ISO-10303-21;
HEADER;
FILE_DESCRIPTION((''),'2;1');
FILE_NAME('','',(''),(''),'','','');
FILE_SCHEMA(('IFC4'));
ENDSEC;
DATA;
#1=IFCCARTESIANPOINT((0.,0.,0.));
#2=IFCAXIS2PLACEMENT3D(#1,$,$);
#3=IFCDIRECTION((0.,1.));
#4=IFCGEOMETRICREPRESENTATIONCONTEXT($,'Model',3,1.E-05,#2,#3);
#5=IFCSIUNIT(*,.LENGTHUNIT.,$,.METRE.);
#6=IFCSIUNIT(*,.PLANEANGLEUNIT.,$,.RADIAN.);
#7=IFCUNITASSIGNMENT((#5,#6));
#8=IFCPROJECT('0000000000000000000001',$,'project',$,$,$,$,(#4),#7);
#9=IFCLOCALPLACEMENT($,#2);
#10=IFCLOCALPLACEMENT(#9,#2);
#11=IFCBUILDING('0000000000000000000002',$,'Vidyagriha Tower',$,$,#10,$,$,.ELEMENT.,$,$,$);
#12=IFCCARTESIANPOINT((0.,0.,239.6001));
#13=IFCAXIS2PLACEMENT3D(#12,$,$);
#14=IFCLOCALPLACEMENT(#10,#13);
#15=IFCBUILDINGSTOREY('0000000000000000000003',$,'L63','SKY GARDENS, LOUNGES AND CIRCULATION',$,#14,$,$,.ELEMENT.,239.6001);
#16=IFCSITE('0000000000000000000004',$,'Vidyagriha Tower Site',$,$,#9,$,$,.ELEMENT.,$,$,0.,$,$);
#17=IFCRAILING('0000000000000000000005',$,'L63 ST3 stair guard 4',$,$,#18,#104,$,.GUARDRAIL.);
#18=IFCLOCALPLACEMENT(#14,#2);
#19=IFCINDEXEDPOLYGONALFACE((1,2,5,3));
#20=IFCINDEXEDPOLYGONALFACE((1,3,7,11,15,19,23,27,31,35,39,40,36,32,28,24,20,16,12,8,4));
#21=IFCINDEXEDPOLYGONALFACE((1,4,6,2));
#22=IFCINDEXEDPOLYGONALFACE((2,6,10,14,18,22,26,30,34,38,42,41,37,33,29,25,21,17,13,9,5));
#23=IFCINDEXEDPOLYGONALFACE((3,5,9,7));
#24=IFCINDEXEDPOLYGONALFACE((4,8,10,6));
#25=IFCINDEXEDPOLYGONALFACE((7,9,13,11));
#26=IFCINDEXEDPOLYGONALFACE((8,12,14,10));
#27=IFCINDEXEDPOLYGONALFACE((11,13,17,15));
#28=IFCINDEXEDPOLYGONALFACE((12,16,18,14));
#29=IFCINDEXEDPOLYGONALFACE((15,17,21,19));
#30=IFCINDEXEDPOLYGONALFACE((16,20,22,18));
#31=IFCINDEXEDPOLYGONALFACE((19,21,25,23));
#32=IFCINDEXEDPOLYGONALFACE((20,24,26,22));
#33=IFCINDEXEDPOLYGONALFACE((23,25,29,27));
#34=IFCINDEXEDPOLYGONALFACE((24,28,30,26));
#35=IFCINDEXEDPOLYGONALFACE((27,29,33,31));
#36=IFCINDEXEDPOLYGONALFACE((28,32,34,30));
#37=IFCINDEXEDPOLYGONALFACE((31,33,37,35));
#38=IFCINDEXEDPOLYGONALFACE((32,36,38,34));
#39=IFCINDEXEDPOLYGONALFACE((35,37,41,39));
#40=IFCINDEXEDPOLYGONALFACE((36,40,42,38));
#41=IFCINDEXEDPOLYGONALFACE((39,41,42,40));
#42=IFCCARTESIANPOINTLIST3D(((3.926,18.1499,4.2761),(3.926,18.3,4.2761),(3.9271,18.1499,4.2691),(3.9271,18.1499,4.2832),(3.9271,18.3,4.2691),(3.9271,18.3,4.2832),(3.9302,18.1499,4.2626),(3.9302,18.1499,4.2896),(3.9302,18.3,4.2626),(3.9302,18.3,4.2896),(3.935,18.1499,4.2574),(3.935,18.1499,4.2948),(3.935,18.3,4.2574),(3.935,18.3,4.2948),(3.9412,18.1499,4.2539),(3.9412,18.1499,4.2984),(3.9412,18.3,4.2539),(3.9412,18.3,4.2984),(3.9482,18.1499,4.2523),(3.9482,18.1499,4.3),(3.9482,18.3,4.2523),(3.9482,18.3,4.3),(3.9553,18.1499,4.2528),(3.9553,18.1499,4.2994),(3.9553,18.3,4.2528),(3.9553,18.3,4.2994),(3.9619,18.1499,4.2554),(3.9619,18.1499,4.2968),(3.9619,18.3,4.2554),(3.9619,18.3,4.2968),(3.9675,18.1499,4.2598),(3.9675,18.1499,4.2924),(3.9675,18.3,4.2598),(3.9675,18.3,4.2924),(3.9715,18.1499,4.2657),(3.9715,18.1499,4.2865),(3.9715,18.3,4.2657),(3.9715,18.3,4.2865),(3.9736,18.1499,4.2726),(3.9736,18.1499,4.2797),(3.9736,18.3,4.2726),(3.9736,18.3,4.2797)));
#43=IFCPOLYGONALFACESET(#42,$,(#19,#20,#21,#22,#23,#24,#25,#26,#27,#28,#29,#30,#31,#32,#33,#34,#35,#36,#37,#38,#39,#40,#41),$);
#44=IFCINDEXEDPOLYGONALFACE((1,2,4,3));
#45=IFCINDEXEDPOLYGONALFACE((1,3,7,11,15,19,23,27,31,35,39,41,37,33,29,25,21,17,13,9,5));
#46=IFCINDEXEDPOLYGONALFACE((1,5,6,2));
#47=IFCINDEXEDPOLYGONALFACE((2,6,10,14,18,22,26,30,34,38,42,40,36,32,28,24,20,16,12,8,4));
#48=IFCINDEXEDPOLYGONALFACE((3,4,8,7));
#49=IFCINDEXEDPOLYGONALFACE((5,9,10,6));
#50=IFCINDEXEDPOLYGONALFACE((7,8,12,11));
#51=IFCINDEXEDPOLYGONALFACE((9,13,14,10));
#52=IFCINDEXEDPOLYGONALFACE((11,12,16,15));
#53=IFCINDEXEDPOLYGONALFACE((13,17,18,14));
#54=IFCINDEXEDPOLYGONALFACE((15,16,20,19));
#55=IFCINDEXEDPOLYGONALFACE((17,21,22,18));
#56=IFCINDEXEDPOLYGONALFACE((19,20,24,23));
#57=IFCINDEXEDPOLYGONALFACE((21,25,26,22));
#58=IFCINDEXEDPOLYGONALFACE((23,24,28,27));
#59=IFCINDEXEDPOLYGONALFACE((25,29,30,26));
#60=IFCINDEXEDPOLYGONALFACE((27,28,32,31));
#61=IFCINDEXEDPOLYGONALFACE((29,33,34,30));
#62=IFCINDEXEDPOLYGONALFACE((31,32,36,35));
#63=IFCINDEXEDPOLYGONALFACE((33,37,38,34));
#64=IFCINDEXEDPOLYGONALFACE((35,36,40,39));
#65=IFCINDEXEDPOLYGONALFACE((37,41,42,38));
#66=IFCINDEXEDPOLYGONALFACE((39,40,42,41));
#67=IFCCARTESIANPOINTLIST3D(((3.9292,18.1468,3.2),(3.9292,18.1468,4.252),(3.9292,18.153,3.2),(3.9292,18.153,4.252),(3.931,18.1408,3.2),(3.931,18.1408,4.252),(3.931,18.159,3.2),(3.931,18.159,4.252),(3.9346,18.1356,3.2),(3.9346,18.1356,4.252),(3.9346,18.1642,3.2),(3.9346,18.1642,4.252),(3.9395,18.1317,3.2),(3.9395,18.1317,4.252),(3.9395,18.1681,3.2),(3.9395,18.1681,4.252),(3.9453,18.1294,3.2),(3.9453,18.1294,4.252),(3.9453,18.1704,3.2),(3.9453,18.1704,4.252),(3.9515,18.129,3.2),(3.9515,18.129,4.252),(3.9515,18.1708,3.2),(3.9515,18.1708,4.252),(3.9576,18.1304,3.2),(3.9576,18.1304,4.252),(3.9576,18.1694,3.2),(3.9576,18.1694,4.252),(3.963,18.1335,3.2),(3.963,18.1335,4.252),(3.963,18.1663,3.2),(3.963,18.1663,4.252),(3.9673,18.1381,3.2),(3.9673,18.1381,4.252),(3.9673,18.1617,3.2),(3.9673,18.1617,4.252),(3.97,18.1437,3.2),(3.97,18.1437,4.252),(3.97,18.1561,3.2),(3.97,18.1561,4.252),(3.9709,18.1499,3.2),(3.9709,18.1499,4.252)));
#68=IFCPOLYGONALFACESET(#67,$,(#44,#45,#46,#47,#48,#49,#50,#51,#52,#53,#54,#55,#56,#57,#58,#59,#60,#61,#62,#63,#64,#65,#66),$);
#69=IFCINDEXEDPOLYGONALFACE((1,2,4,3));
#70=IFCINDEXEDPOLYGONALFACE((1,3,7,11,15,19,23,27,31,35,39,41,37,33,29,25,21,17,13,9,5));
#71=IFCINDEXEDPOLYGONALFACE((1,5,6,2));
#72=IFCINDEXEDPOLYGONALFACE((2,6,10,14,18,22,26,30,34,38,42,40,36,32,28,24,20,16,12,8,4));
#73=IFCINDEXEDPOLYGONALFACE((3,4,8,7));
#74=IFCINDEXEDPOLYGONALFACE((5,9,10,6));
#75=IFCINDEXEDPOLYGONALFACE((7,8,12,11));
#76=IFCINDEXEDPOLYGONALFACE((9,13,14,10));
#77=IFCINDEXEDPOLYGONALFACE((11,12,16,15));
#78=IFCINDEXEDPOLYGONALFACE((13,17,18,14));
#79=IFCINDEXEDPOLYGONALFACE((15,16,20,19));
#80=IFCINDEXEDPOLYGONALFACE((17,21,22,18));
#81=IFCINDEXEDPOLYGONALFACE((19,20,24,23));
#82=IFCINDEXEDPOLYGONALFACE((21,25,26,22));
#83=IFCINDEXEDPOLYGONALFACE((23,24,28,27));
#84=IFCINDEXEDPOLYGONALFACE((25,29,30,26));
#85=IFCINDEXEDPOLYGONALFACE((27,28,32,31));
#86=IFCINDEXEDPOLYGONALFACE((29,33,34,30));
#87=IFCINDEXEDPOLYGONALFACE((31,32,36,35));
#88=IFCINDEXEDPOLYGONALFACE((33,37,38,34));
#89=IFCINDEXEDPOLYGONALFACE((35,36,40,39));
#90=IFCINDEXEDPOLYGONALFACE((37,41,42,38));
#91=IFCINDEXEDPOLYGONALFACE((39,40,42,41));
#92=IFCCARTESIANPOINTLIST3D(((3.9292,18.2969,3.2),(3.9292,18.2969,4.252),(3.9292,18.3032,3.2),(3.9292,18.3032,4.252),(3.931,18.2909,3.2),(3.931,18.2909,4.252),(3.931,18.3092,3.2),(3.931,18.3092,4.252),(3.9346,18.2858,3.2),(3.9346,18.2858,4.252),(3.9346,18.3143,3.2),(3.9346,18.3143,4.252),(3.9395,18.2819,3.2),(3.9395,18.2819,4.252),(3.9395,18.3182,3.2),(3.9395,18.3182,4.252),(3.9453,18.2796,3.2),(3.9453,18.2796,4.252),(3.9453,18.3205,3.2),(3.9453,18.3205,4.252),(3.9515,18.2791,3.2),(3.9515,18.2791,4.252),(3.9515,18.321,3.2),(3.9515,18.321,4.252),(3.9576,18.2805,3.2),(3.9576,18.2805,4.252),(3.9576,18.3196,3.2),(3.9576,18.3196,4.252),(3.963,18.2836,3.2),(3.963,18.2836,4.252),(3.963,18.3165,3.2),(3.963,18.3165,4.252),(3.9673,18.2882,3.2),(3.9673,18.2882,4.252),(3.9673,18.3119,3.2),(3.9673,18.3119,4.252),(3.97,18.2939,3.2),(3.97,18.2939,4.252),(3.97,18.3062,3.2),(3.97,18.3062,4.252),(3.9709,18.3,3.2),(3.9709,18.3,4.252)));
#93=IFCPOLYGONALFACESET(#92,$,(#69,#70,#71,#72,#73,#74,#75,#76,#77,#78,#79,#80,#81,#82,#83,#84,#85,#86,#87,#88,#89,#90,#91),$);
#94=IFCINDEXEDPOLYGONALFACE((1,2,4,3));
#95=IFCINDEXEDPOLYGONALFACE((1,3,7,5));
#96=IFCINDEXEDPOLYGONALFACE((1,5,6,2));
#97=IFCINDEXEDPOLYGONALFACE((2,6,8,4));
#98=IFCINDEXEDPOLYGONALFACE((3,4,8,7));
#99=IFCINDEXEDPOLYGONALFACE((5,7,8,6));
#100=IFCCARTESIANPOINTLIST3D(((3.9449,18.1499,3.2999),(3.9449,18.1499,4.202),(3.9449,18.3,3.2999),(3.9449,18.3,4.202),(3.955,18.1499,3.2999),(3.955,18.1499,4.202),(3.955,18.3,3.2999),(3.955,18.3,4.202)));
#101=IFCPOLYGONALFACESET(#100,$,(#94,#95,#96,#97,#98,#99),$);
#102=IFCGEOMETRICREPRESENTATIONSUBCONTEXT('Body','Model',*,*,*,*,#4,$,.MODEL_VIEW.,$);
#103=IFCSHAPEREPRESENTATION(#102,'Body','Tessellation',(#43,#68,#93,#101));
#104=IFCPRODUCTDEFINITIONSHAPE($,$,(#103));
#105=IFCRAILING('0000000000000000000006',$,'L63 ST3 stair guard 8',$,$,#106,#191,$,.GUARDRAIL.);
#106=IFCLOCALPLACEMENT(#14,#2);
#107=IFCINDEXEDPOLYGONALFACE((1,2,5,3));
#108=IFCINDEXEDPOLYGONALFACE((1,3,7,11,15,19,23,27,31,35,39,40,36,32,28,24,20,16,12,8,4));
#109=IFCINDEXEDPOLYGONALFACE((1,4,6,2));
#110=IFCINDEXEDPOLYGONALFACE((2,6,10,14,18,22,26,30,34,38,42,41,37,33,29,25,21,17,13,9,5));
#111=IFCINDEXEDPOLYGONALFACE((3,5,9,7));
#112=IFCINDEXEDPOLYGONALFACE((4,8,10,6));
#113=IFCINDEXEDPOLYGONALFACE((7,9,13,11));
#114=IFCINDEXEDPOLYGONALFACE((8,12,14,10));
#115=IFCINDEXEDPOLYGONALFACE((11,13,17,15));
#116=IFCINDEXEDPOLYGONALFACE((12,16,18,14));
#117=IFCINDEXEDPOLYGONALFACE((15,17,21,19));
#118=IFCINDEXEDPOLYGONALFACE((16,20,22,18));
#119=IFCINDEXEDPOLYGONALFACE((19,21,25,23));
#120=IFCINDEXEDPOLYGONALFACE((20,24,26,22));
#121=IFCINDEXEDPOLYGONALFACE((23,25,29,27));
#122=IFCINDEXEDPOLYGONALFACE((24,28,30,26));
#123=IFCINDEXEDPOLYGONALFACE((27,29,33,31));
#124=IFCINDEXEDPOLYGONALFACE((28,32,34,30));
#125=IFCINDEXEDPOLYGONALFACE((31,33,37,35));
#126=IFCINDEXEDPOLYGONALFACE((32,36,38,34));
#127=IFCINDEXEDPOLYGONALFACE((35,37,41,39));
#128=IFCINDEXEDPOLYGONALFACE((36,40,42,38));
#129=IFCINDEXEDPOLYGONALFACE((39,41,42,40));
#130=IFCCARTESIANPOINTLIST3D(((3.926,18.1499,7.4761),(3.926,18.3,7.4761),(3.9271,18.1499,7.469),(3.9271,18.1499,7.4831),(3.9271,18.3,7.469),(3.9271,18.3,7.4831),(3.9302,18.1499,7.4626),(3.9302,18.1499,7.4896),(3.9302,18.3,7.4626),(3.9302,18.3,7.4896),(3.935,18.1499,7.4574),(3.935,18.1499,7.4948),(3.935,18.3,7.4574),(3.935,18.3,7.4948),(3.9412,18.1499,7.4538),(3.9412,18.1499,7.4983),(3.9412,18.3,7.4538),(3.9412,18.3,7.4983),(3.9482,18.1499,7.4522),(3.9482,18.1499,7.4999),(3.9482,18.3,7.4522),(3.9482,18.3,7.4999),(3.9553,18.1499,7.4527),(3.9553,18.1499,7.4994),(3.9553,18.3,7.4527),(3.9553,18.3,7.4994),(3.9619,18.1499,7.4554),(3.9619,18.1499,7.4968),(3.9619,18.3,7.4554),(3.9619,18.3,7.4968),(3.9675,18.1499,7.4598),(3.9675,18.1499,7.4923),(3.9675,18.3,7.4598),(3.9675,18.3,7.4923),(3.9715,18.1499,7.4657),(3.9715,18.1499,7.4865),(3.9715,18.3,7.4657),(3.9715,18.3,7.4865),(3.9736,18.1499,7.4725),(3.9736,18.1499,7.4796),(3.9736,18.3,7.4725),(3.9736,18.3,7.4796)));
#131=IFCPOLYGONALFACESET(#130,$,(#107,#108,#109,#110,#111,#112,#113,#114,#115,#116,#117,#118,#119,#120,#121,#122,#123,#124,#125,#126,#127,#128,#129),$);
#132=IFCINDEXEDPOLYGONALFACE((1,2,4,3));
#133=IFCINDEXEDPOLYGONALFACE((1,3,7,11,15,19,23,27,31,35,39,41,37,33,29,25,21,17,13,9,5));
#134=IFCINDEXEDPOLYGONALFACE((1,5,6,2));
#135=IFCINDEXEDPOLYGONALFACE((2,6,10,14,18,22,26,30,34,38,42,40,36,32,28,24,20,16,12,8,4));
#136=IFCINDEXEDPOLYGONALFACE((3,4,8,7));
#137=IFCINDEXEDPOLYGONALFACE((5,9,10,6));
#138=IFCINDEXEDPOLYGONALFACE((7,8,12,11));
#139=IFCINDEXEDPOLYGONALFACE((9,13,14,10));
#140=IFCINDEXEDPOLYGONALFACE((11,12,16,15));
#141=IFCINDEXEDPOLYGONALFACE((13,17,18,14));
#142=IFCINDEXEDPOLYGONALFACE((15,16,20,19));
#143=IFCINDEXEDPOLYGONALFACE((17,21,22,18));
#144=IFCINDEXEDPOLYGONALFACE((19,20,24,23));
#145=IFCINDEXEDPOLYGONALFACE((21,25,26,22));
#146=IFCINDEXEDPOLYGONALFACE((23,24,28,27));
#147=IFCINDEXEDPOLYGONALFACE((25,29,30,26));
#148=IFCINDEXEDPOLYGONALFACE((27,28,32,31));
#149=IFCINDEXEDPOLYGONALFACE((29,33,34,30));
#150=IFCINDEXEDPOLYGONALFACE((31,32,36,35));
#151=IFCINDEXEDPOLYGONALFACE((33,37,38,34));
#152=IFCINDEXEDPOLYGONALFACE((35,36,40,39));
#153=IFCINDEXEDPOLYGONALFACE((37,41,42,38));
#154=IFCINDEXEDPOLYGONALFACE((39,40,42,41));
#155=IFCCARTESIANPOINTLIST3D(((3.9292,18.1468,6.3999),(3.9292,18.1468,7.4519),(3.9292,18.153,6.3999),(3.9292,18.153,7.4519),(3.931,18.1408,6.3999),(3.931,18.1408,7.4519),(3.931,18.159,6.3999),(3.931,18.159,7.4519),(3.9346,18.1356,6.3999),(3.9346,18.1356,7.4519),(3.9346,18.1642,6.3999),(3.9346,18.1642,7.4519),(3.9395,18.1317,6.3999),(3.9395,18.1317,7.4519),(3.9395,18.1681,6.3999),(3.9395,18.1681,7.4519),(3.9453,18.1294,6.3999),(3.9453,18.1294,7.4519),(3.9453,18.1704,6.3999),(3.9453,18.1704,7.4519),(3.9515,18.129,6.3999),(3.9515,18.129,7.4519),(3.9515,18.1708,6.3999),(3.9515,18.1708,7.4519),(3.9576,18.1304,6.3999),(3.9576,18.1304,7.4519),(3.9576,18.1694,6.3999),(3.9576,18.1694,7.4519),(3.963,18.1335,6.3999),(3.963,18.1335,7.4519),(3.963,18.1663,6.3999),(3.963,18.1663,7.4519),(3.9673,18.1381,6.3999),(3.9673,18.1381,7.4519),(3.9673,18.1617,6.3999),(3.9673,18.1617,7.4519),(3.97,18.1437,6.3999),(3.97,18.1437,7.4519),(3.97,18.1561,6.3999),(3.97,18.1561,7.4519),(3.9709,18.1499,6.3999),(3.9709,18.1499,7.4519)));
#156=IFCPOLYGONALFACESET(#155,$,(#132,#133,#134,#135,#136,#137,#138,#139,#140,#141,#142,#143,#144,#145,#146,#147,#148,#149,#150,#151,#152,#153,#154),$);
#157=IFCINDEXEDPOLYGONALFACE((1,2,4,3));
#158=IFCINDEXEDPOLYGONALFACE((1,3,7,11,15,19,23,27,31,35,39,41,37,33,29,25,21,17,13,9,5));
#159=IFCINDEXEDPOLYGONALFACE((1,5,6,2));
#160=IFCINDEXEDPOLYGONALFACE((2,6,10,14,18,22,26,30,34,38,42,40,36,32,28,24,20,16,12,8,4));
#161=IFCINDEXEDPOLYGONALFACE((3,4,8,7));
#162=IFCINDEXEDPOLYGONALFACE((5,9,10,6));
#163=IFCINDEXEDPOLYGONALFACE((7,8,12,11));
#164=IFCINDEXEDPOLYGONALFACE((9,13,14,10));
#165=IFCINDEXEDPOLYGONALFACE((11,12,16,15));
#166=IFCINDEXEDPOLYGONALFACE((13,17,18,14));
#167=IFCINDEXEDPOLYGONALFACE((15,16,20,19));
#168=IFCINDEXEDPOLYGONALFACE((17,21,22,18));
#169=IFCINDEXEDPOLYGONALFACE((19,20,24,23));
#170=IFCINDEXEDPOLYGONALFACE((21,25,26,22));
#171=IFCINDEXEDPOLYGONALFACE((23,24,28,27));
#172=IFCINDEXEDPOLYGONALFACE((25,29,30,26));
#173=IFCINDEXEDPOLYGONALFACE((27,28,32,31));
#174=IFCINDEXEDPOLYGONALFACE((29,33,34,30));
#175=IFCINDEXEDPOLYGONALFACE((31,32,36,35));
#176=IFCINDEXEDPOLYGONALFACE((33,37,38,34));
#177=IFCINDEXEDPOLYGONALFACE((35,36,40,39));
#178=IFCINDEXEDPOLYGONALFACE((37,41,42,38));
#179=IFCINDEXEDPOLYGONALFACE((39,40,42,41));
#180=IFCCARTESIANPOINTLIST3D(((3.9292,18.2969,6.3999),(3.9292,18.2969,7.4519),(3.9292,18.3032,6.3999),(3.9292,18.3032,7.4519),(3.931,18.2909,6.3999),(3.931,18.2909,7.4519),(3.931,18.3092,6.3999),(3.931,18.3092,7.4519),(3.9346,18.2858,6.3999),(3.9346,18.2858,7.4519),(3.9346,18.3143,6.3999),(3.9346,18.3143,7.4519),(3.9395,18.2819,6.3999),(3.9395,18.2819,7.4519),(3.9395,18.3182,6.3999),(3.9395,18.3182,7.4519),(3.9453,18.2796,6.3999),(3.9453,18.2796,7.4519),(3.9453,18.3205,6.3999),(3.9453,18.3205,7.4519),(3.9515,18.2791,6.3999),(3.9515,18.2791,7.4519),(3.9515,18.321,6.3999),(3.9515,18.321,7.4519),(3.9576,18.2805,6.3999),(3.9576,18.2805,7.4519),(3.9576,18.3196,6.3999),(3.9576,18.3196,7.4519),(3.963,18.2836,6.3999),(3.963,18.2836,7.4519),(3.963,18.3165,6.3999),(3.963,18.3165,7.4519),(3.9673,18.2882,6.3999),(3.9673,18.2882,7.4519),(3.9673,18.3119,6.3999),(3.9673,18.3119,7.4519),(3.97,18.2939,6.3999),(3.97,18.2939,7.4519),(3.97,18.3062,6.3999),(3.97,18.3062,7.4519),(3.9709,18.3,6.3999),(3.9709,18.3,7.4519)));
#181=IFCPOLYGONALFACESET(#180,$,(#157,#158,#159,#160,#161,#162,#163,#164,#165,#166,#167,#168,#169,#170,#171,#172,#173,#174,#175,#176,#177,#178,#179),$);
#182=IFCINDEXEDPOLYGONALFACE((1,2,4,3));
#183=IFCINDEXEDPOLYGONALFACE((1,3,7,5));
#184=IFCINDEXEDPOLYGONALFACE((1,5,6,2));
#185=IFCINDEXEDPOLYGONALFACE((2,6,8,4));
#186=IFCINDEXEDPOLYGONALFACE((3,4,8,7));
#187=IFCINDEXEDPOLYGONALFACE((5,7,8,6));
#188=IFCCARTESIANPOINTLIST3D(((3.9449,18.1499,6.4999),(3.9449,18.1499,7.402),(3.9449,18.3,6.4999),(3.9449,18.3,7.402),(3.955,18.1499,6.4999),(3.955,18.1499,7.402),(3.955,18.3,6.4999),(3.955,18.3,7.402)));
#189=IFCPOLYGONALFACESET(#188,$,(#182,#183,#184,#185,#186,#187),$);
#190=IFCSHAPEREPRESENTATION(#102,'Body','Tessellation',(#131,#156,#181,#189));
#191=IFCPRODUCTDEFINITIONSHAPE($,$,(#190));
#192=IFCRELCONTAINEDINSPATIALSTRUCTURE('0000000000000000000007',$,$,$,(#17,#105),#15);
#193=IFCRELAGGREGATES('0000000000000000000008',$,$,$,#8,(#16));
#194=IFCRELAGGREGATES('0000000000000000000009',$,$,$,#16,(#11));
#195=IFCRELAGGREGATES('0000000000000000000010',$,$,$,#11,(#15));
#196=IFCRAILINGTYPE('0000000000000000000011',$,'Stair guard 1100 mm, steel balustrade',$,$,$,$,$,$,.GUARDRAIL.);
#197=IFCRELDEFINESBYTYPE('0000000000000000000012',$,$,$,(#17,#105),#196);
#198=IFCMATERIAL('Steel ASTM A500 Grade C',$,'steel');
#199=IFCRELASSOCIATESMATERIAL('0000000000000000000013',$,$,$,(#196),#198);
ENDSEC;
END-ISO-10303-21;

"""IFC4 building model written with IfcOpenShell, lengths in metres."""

from ifc_helpers import new_model, si_unit, direction, frame, origin, origin_2d, place, context, subcontext, project, spatial, rectangle, circle, extrude, material, type_object, element, save


model = new_model("IFC4")

# Units and contexts
model_context = context("Model", 3, precision=1e-05, world=origin(), true_north=direction((0.0, 1.0)))
body_context = subcontext(model_context, "Body", "Model", "MODEL_VIEW")
ifc_project = project(units=[si_unit("LENGTHUNIT", "METRE"), si_unit("PLANEANGLEUNIT", "RADIAN")], contexts=[model_context])

# Site, building, storey
site_placement = place(None, origin())
site = spatial("IfcSite", under=ifc_project, at=site_placement, Name="Vidyagriha Tower Site", CompositionType="ELEMENT", RefElevation=0.0)
building_placement = place(site_placement, origin())
building = spatial("IfcBuilding", under=site, at=building_placement, Name="Vidyagriha Tower", CompositionType="ELEMENT")
storey_placement = place(building_placement, frame((0.0, 0.0, 239.6001)))
storey = spatial("IfcBuildingStorey", under=building, at=storey_placement, Name="L63", Description="SKY GARDENS, LOUNGES AND CIRCULATION", CompositionType="ELEMENT", Elevation=239.6001)

# Railings
ifc_material_1 = material(Name="Steel ASTM A500 Grade C", Category="steel")
railing_type_1 = type_object("IfcRailingType", Name="Stair guard 1100 mm, steel balustrade", PredefinedType="GUARDRAIL", material=ifc_material_1)
for number, where, name in (
    (1, (3.95, 18.1499, 3.2), "L63 ST3 stair guard 4"),
    (2, (3.95, 18.1499, 6.3999), "L63 ST3 stair guard 8"),
):
    element("IfcRailing", number, at=place(storey_placement, frame(where)), inside=storey, type_object=railing_type_1, Name=name, PredefinedType="GUARDRAIL", context=body_context, shape_type="SweptSolid", body=[
        extrude(circle(Radius=0.0239, at=origin_2d()), frame((0.0, 0.0, 1.0762), z_axis=(0.0, 1.0, 0.0), x_axis=(-1.0, 0.0, 0.0)), (0.0, 0.0, 1.0), 0.1501),
        extrude(circle(Radius=0.021, at=origin_2d()), origin(), (0.0, 0.0, 1.0), 1.052),
        extrude(circle(Radius=0.021, at=origin_2d()), frame((0.0, 0.1501, 0.0)), (0.0, 0.0, 1.0), 1.052),
        extrude(rectangle(XDim=0.01, YDim=0.9021, at=origin_2d()), frame((0.0, 0.0, 0.551), z_axis=(0.0, 1.0, 0.0), x_axis=(-1.0, 0.0, 0.0)), (0.0, 0.0, 1.0), 0.1501),
    ])

save(model, "model.ifc")
